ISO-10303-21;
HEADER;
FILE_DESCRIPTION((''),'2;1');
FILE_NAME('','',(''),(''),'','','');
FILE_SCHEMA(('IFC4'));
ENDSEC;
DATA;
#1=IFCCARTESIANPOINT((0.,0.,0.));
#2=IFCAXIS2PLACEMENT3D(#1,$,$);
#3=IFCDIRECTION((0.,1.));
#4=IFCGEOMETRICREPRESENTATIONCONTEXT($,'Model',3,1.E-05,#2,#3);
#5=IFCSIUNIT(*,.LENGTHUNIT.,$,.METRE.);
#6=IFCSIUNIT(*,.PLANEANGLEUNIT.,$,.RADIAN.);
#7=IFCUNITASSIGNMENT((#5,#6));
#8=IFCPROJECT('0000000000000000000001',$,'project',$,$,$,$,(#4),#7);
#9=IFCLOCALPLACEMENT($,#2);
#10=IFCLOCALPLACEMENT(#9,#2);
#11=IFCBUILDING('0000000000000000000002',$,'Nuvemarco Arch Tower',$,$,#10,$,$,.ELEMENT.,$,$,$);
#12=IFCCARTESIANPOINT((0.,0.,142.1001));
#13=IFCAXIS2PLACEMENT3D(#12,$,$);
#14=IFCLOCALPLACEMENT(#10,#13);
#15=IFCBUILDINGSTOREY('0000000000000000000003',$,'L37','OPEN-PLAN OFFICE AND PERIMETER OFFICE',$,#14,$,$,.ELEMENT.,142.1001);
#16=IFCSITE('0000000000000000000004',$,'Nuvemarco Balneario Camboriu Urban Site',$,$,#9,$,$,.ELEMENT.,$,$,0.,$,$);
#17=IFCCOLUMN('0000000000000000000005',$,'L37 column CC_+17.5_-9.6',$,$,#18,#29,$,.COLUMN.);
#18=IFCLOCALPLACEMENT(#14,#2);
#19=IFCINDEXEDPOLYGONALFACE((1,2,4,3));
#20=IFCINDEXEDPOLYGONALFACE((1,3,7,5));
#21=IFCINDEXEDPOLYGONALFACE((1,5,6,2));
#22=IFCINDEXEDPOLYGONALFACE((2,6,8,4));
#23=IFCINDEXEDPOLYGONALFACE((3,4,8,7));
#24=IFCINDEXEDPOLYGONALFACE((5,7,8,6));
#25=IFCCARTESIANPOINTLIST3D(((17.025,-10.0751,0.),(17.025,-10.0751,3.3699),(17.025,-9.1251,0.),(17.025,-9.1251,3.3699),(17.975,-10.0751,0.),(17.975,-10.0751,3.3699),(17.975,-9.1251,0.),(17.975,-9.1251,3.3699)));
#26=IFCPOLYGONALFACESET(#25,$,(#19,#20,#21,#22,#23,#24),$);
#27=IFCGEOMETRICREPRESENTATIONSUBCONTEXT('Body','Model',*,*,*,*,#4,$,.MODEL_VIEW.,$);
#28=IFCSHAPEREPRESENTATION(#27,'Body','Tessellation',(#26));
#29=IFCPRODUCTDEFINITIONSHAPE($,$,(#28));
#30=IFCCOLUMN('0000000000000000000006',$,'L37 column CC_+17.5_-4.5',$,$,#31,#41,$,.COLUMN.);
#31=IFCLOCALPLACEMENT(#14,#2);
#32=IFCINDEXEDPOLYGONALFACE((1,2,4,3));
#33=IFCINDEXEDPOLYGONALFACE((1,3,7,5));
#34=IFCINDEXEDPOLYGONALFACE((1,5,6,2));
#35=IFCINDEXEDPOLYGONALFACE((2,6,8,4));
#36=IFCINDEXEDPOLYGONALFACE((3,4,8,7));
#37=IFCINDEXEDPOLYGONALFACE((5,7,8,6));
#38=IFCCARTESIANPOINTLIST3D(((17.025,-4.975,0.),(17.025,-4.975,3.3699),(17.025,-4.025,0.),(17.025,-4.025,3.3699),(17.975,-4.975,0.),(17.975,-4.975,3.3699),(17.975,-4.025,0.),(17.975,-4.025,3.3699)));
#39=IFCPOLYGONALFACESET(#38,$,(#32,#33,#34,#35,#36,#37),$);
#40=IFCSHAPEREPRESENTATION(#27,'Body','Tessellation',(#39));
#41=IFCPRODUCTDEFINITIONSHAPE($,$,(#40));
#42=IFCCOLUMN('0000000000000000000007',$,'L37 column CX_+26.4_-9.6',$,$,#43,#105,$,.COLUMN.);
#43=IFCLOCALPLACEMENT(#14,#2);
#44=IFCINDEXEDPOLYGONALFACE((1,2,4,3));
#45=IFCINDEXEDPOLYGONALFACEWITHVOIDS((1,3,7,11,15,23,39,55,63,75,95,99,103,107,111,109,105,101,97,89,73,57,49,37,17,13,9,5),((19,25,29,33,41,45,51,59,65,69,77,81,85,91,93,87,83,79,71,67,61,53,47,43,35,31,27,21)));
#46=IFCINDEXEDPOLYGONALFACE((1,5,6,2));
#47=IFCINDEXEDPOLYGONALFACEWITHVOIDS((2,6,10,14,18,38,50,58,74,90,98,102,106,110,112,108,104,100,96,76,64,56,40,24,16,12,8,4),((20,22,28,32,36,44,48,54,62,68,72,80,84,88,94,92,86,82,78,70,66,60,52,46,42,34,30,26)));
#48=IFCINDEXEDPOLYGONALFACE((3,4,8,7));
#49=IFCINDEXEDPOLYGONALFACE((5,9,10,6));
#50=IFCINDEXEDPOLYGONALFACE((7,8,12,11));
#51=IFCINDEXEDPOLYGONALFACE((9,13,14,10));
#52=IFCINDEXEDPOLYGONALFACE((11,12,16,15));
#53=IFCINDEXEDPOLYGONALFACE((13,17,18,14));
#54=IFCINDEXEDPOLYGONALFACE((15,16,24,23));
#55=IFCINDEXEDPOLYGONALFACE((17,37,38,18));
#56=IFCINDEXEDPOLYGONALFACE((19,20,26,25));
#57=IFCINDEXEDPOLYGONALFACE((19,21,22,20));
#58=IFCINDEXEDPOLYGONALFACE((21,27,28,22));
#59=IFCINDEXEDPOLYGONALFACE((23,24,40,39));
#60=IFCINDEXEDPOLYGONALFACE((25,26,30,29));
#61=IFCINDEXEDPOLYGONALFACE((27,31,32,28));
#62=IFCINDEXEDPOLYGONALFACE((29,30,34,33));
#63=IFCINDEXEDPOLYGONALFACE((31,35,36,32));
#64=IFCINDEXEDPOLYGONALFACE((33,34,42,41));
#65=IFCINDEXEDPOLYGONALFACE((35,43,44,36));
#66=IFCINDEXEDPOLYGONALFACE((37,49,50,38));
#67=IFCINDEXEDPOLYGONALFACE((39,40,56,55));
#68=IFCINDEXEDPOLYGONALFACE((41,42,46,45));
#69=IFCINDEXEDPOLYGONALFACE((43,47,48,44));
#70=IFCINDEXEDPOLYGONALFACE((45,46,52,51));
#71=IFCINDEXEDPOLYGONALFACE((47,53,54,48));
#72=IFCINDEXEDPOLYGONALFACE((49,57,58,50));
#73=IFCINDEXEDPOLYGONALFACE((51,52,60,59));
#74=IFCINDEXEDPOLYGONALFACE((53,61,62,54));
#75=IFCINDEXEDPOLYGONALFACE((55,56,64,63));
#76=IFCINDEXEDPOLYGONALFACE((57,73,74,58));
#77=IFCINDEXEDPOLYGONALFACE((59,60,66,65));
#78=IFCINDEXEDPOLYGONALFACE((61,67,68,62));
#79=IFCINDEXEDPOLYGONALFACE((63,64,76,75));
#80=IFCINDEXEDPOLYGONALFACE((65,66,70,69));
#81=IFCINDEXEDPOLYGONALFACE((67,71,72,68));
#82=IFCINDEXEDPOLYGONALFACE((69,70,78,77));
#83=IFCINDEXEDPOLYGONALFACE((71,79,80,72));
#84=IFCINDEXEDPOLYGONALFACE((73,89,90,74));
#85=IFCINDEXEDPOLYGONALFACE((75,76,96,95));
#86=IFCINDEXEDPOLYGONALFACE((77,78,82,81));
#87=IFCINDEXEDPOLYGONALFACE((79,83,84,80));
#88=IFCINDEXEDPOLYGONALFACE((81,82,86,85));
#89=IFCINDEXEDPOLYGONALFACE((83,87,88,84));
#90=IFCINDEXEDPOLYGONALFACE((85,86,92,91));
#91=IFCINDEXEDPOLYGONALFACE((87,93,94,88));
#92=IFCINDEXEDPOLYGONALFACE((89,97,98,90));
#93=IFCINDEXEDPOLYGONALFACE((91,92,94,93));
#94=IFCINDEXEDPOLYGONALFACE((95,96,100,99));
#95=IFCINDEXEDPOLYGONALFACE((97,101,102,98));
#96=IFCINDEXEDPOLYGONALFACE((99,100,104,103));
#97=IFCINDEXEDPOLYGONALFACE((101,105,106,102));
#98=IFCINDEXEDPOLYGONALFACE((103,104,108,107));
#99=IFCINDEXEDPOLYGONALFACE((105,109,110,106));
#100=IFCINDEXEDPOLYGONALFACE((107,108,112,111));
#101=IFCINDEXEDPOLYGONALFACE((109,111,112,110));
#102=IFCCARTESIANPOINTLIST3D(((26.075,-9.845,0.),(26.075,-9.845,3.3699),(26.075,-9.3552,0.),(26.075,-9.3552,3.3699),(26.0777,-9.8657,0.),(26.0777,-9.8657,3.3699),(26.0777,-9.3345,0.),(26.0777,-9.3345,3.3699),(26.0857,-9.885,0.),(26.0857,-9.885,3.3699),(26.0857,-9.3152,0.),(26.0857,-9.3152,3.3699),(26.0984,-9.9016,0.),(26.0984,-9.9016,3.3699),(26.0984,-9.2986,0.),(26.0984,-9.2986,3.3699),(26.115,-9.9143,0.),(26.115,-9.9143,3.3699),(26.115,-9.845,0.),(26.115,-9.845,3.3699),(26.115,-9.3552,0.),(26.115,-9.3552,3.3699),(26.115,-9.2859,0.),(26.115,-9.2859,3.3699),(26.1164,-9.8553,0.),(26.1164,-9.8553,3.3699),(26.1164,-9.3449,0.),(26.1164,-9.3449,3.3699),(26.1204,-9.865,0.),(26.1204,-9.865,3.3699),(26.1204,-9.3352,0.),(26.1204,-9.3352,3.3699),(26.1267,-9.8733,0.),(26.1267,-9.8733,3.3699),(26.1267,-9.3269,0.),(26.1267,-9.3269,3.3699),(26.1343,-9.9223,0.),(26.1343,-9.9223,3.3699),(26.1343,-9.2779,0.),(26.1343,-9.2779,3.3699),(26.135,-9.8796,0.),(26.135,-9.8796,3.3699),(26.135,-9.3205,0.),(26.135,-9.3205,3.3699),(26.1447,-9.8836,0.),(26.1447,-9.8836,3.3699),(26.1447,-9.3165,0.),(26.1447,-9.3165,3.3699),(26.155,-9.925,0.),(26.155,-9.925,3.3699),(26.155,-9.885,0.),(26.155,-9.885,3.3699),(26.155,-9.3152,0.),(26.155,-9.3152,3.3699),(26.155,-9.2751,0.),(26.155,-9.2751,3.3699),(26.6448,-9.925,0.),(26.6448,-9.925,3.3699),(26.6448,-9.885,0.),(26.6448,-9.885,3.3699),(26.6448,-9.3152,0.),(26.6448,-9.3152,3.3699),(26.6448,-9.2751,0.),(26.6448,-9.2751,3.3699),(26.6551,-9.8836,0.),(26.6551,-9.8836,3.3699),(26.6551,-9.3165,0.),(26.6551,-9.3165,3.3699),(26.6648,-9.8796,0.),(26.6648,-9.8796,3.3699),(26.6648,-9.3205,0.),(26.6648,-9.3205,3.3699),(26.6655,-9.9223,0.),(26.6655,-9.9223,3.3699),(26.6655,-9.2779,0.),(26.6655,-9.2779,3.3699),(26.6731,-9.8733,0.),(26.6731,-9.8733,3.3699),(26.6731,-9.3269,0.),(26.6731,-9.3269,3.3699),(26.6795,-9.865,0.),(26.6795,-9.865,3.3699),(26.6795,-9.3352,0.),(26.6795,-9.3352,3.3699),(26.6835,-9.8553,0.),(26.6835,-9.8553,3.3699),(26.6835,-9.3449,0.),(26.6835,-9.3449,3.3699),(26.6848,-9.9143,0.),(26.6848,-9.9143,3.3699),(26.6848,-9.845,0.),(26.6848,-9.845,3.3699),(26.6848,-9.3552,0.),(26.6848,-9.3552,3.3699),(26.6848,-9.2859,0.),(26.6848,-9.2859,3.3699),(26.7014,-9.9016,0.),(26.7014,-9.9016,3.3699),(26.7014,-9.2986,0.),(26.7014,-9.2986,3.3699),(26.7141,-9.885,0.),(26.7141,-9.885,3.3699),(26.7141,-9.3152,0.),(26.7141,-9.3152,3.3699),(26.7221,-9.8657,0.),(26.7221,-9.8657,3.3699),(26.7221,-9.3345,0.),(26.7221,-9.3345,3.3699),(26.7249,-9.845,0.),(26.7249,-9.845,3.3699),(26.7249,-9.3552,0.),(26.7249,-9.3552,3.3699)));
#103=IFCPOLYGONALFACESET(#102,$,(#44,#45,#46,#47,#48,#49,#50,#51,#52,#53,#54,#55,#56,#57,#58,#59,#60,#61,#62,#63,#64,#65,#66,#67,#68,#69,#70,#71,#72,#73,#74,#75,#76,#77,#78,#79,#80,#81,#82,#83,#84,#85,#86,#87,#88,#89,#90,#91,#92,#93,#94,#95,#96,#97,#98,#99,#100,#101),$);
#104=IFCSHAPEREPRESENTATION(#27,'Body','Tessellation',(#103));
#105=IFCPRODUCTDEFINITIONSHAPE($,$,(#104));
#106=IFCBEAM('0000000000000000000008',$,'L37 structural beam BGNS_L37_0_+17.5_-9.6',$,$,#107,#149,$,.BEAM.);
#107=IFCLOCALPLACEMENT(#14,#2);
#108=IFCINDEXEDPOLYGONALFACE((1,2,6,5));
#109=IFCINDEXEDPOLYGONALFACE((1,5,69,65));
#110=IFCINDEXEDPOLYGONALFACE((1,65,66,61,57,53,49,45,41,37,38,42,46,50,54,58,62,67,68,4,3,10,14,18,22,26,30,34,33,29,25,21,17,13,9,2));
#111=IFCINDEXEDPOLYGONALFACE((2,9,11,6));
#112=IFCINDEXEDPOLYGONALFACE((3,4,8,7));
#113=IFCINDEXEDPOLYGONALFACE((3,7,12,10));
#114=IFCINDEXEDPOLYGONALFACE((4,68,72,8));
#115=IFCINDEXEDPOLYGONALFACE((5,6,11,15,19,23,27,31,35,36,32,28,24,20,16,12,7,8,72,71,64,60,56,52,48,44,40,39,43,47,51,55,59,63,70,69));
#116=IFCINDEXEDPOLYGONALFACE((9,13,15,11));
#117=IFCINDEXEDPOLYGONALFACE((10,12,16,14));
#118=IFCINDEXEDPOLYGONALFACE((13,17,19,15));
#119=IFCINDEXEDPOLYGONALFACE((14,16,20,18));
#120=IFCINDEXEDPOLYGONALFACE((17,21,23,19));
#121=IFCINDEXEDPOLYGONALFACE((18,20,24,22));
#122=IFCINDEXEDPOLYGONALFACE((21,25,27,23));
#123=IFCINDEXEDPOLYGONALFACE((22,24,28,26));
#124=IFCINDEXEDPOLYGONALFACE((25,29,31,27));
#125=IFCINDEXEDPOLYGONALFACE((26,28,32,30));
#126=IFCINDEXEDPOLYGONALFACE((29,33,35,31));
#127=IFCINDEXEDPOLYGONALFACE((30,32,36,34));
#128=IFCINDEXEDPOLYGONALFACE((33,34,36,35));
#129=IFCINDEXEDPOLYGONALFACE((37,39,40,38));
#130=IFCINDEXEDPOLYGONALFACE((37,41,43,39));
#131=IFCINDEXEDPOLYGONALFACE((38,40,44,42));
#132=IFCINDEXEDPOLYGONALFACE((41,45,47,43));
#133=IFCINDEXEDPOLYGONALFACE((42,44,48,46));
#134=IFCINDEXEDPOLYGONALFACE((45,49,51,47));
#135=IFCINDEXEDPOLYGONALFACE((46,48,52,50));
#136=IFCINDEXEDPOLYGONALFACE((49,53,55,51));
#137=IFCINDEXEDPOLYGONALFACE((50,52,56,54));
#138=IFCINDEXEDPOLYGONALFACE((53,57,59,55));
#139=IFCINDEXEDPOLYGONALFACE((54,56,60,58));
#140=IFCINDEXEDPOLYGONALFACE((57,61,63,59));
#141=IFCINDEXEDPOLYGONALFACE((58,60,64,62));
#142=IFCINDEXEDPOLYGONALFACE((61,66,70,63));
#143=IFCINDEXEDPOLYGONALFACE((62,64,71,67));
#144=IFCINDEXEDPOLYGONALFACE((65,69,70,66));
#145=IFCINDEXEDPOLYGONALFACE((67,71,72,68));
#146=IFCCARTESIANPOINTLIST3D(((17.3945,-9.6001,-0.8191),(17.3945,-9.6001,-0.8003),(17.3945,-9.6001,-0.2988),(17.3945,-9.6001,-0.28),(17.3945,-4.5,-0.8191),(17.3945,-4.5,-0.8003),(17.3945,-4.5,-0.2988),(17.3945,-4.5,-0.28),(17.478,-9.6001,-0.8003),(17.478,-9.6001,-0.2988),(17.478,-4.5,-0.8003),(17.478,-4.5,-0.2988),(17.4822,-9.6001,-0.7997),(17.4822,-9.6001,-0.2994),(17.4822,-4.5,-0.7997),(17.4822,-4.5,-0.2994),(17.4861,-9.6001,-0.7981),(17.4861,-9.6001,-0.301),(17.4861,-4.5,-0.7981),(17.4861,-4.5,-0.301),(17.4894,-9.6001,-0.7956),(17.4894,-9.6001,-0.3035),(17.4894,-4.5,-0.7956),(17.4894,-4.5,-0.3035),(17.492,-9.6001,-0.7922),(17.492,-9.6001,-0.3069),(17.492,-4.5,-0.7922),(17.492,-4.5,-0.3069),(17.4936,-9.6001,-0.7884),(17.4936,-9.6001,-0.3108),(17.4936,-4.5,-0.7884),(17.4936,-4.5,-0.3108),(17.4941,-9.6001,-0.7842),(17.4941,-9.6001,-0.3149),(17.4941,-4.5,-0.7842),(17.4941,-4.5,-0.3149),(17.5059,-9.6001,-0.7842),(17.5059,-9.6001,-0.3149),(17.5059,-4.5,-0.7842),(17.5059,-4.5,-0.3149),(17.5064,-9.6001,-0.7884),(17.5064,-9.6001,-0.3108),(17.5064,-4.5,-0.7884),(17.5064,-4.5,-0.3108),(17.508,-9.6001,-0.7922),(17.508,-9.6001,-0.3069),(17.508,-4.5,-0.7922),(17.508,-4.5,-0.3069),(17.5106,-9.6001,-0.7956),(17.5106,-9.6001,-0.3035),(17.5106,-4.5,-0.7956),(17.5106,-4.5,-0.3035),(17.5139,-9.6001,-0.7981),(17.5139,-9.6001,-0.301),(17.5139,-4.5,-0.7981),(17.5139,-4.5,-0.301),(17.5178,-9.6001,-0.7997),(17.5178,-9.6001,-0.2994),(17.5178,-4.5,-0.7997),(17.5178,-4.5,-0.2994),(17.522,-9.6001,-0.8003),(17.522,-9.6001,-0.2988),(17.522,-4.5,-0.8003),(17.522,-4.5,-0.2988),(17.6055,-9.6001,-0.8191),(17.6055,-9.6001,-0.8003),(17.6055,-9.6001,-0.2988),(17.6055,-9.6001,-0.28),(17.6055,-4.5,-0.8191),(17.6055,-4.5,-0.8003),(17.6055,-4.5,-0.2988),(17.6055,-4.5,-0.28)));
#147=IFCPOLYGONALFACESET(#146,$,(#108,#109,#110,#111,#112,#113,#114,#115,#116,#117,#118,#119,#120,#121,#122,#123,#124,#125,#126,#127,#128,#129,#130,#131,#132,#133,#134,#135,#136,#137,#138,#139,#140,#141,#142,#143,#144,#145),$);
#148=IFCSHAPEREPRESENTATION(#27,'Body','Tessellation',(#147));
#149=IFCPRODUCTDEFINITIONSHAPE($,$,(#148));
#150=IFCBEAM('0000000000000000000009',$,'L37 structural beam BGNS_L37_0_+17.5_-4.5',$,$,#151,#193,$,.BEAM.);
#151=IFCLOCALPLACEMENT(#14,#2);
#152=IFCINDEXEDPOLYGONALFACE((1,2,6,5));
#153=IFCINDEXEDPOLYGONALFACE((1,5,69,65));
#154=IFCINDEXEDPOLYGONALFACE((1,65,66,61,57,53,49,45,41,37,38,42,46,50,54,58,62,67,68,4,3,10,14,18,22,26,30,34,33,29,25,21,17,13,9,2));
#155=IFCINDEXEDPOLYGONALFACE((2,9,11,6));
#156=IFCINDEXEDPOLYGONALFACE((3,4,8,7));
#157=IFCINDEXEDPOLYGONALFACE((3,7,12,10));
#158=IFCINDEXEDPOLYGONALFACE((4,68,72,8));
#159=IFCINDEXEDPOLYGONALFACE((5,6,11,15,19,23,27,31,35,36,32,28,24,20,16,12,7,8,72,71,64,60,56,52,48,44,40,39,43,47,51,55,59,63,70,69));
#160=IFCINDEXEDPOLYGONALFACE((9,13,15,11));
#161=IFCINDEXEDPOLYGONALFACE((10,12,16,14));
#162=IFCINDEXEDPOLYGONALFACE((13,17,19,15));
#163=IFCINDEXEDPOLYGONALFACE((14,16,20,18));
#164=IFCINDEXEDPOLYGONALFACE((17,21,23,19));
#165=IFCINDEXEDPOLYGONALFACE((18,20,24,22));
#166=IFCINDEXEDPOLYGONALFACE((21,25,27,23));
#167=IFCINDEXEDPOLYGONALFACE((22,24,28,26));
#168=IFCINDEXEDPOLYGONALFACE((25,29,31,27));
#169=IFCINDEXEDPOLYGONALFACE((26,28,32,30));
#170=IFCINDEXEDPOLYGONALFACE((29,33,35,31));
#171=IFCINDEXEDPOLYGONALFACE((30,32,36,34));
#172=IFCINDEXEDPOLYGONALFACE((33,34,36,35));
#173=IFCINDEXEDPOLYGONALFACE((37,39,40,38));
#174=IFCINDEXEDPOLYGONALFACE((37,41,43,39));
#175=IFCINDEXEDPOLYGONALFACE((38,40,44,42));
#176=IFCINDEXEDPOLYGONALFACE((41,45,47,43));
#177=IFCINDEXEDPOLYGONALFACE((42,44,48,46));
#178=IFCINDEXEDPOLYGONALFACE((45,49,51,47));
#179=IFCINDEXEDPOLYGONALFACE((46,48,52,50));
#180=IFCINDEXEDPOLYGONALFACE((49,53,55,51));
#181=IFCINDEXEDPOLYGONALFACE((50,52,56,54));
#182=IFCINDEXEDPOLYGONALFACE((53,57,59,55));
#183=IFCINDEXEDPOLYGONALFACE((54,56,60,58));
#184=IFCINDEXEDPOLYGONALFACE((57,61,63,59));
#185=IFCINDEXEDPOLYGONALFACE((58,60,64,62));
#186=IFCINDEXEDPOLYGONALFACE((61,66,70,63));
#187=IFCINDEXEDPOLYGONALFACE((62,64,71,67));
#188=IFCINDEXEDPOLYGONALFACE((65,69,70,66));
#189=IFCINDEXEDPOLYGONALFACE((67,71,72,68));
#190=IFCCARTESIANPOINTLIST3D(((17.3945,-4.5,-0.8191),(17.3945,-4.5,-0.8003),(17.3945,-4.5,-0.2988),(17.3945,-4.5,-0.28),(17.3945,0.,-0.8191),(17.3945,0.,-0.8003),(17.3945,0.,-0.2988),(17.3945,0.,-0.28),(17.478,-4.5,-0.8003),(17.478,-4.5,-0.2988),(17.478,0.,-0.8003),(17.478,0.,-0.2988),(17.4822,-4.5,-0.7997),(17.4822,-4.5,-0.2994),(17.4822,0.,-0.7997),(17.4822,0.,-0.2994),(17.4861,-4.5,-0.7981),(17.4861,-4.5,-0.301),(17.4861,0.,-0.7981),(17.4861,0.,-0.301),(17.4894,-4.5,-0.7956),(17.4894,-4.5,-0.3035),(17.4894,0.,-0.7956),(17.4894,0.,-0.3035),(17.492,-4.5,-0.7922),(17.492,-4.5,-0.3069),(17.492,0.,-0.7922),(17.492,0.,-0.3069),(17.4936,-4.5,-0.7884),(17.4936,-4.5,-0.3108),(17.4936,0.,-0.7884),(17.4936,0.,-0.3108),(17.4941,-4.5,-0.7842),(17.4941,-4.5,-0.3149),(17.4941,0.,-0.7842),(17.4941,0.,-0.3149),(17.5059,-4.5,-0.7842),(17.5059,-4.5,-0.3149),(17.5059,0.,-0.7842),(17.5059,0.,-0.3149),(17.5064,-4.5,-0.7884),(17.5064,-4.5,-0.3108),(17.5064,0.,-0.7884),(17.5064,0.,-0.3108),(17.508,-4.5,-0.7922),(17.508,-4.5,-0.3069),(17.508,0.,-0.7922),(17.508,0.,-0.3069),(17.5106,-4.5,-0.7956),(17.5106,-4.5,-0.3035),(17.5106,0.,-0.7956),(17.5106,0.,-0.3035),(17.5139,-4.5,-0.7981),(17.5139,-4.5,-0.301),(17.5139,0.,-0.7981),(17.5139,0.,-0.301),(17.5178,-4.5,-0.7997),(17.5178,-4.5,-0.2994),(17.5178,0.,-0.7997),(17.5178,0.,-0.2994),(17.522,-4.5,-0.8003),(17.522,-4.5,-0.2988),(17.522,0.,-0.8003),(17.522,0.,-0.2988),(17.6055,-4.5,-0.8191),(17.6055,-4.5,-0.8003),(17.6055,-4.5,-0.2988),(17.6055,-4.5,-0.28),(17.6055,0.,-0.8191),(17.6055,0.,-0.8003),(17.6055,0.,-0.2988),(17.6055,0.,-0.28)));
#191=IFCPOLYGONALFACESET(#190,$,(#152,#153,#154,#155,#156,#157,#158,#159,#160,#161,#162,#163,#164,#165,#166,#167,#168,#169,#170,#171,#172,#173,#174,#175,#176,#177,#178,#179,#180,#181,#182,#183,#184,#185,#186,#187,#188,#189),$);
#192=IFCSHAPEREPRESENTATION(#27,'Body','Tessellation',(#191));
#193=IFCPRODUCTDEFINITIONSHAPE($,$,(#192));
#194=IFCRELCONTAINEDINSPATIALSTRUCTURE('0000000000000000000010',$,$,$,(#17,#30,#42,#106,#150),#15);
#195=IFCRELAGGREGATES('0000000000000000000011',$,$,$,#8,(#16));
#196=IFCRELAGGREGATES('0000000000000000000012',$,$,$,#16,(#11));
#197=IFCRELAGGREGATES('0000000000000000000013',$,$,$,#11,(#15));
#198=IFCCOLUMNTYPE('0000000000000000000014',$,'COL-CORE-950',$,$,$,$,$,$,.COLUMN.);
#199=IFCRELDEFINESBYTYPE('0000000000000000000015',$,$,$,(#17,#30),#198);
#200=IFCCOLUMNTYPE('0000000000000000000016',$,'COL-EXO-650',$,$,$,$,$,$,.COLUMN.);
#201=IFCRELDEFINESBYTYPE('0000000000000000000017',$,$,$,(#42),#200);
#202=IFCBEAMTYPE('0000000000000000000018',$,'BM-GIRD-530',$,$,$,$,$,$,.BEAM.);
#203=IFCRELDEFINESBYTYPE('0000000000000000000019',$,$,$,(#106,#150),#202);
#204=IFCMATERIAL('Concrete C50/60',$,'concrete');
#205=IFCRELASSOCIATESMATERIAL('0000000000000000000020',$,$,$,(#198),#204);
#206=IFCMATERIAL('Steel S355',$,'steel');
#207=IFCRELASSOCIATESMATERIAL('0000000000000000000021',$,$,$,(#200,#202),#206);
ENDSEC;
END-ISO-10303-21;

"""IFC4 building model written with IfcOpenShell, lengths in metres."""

from ifc_helpers import new_model, si_unit, direction, frame, origin, origin_2d, place, context, subcontext, project, spatial, rectangle, hollow_rectangle, i_section, extrude, material, material_profile, profile_set, type_object, element, save


model = new_model("IFC4")

# Units and contexts
model_context = context("Model", 3, precision=1e-05, world=origin(), true_north=direction((0.0, 1.0)))
body_context = subcontext(model_context, "Body", "Model", "MODEL_VIEW")
ifc_project = project(units=[si_unit("LENGTHUNIT", "METRE"), si_unit("PLANEANGLEUNIT", "RADIAN")], contexts=[model_context])

# Site, building, storey
site_placement = place(None, origin())
site = spatial("IfcSite", under=ifc_project, at=site_placement, Name="Nuvemarco Balneario Camboriu Urban Site", CompositionType="ELEMENT", RefElevation=0.0)
building_placement = place(site_placement, origin())
building = spatial("IfcBuilding", under=site, at=building_placement, Name="Nuvemarco Arch Tower", CompositionType="ELEMENT")
storey_placement = place(building_placement, frame((0.0, 0.0, 142.1001)))
storey = spatial("IfcBuildingStorey", under=building, at=storey_placement, Name="L37", Description="OPEN-PLAN OFFICE AND PERIMETER OFFICE", CompositionType="ELEMENT", Elevation=142.1001)

# Columns
ifc_material_1 = material(Name="Concrete C50/60", Category="concrete")
ifc_material_profile_1 = material_profile(ifc_material_1, rectangle(XDim=0.95, YDim=0.95, at=origin_2d()), Name="RC-COL-950x950")
ifc_profile_set_1 = profile_set([ifc_material_profile_1], Name="Concrete C50/60")
column_type_1 = type_object("IfcColumnType", Name="COL-CORE-950", PredefinedType="COLUMN", material=ifc_profile_set_1)
for number, where, z_axis, x_axis, name in (
    (1, (17.5, -9.6001, 0.0), (0.0, 0.0, 1.0), (1.0, 0.0, 0.0), "L37 column CC_+17.5_-9.6"),
    (2, (17.5, -4.5, 0.0), (0.0, 0.0, 1.0), (1.0, 0.0, 0.0), "L37 column CC_+17.5_-4.5"),
):
    element("IfcColumn", number, at=place(storey_placement, frame(where, z_axis=z_axis, x_axis=x_axis)), inside=storey, type_object=column_type_1, Name=name, PredefinedType="COLUMN", context=body_context, shape_type="SweptSolid", body=[
        extrude(rectangle(XDim=0.95, YDim=0.95, at=origin_2d()), origin(), (0.0, 0.0, 1.0), 3.3699),
    ])
ifc_material_2 = material(Name="Steel S355", Category="steel")
ifc_material_profile_2 = material_profile(ifc_material_2, hollow_rectangle(XDim=0.6499, YDim=0.6499, WallThickness=0.04, InnerFilletRadius=0.04, OuterFilletRadius=0.0801, at=origin_2d()), Name="SHS650x650x40")
ifc_profile_set_2 = profile_set([ifc_material_profile_2], Name="Steel S355")
column_type_2 = type_object("IfcColumnType", Name="COL-EXO-650", PredefinedType="COLUMN", material=ifc_profile_set_2)
column_placement = place(storey_placement, frame((26.3999, -9.6001, 0.0), z_axis=(0.0, 0.0, 1.0), x_axis=(1.0, 0.0, 0.0)))
element("IfcColumn", 3, at=column_placement, inside=storey, type_object=column_type_2, Name="L37 column CX_+26.4_-9.6", PredefinedType="COLUMN", context=body_context, shape_type="SweptSolid", body=[
    extrude(hollow_rectangle(XDim=0.6499, YDim=0.6499, WallThickness=0.04, InnerFilletRadius=0.04, OuterFilletRadius=0.0801, at=origin_2d()), origin(), (0.0, 0.0, 1.0), 3.3699),
])

# Beams
ifc_material_profile_3 = material_profile(ifc_material_2, i_section(OverallWidth=0.2109, OverallDepth=0.5391, WebThickness=0.0117, FlangeThickness=0.0188, FilletRadius=0.0161, at=origin_2d()), Name="W530x109")
ifc_profile_set_3 = profile_set([ifc_material_profile_3], Name="Steel S355")
beam_type_1 = type_object("IfcBeamType", Name="BM-GIRD-530", PredefinedType="BEAM", material=ifc_profile_set_3)
beam_1_placement = place(storey_placement, frame((17.5, -9.6001, -0.5496), z_axis=(0.0, 1.0, 0.0), x_axis=(-1.0, 0.0, 0.0)))
element("IfcBeam", 4, at=beam_1_placement, inside=storey, type_object=beam_type_1, Name="L37 structural beam BGNS_L37_0_+17.5_-9.6", PredefinedType="BEAM", context=body_context, shape_type="SweptSolid", body=[
    extrude(i_section(OverallWidth=0.2109, OverallDepth=0.5391, WebThickness=0.0117, FlangeThickness=0.0188, FilletRadius=0.0161, at=origin_2d()), origin(), (0.0, 0.0, 1.0), 5.1001),
])
beam_2_placement = place(storey_placement, frame((17.5, -4.5, -0.5496), z_axis=(0.0, 1.0, 0.0), x_axis=(-1.0, 0.0, 0.0)))
element("IfcBeam", 5, at=beam_2_placement, inside=storey, type_object=beam_type_1, Name="L37 structural beam BGNS_L37_0_+17.5_-4.5", PredefinedType="BEAM", context=body_context, shape_type="SweptSolid", body=[
    extrude(i_section(OverallWidth=0.2109, OverallDepth=0.5391, WebThickness=0.0117, FlangeThickness=0.0188, FilletRadius=0.0161, at=origin_2d()), origin(), (0.0, 0.0, 1.0), 4.5),
])

save(model, "model.ifc")
